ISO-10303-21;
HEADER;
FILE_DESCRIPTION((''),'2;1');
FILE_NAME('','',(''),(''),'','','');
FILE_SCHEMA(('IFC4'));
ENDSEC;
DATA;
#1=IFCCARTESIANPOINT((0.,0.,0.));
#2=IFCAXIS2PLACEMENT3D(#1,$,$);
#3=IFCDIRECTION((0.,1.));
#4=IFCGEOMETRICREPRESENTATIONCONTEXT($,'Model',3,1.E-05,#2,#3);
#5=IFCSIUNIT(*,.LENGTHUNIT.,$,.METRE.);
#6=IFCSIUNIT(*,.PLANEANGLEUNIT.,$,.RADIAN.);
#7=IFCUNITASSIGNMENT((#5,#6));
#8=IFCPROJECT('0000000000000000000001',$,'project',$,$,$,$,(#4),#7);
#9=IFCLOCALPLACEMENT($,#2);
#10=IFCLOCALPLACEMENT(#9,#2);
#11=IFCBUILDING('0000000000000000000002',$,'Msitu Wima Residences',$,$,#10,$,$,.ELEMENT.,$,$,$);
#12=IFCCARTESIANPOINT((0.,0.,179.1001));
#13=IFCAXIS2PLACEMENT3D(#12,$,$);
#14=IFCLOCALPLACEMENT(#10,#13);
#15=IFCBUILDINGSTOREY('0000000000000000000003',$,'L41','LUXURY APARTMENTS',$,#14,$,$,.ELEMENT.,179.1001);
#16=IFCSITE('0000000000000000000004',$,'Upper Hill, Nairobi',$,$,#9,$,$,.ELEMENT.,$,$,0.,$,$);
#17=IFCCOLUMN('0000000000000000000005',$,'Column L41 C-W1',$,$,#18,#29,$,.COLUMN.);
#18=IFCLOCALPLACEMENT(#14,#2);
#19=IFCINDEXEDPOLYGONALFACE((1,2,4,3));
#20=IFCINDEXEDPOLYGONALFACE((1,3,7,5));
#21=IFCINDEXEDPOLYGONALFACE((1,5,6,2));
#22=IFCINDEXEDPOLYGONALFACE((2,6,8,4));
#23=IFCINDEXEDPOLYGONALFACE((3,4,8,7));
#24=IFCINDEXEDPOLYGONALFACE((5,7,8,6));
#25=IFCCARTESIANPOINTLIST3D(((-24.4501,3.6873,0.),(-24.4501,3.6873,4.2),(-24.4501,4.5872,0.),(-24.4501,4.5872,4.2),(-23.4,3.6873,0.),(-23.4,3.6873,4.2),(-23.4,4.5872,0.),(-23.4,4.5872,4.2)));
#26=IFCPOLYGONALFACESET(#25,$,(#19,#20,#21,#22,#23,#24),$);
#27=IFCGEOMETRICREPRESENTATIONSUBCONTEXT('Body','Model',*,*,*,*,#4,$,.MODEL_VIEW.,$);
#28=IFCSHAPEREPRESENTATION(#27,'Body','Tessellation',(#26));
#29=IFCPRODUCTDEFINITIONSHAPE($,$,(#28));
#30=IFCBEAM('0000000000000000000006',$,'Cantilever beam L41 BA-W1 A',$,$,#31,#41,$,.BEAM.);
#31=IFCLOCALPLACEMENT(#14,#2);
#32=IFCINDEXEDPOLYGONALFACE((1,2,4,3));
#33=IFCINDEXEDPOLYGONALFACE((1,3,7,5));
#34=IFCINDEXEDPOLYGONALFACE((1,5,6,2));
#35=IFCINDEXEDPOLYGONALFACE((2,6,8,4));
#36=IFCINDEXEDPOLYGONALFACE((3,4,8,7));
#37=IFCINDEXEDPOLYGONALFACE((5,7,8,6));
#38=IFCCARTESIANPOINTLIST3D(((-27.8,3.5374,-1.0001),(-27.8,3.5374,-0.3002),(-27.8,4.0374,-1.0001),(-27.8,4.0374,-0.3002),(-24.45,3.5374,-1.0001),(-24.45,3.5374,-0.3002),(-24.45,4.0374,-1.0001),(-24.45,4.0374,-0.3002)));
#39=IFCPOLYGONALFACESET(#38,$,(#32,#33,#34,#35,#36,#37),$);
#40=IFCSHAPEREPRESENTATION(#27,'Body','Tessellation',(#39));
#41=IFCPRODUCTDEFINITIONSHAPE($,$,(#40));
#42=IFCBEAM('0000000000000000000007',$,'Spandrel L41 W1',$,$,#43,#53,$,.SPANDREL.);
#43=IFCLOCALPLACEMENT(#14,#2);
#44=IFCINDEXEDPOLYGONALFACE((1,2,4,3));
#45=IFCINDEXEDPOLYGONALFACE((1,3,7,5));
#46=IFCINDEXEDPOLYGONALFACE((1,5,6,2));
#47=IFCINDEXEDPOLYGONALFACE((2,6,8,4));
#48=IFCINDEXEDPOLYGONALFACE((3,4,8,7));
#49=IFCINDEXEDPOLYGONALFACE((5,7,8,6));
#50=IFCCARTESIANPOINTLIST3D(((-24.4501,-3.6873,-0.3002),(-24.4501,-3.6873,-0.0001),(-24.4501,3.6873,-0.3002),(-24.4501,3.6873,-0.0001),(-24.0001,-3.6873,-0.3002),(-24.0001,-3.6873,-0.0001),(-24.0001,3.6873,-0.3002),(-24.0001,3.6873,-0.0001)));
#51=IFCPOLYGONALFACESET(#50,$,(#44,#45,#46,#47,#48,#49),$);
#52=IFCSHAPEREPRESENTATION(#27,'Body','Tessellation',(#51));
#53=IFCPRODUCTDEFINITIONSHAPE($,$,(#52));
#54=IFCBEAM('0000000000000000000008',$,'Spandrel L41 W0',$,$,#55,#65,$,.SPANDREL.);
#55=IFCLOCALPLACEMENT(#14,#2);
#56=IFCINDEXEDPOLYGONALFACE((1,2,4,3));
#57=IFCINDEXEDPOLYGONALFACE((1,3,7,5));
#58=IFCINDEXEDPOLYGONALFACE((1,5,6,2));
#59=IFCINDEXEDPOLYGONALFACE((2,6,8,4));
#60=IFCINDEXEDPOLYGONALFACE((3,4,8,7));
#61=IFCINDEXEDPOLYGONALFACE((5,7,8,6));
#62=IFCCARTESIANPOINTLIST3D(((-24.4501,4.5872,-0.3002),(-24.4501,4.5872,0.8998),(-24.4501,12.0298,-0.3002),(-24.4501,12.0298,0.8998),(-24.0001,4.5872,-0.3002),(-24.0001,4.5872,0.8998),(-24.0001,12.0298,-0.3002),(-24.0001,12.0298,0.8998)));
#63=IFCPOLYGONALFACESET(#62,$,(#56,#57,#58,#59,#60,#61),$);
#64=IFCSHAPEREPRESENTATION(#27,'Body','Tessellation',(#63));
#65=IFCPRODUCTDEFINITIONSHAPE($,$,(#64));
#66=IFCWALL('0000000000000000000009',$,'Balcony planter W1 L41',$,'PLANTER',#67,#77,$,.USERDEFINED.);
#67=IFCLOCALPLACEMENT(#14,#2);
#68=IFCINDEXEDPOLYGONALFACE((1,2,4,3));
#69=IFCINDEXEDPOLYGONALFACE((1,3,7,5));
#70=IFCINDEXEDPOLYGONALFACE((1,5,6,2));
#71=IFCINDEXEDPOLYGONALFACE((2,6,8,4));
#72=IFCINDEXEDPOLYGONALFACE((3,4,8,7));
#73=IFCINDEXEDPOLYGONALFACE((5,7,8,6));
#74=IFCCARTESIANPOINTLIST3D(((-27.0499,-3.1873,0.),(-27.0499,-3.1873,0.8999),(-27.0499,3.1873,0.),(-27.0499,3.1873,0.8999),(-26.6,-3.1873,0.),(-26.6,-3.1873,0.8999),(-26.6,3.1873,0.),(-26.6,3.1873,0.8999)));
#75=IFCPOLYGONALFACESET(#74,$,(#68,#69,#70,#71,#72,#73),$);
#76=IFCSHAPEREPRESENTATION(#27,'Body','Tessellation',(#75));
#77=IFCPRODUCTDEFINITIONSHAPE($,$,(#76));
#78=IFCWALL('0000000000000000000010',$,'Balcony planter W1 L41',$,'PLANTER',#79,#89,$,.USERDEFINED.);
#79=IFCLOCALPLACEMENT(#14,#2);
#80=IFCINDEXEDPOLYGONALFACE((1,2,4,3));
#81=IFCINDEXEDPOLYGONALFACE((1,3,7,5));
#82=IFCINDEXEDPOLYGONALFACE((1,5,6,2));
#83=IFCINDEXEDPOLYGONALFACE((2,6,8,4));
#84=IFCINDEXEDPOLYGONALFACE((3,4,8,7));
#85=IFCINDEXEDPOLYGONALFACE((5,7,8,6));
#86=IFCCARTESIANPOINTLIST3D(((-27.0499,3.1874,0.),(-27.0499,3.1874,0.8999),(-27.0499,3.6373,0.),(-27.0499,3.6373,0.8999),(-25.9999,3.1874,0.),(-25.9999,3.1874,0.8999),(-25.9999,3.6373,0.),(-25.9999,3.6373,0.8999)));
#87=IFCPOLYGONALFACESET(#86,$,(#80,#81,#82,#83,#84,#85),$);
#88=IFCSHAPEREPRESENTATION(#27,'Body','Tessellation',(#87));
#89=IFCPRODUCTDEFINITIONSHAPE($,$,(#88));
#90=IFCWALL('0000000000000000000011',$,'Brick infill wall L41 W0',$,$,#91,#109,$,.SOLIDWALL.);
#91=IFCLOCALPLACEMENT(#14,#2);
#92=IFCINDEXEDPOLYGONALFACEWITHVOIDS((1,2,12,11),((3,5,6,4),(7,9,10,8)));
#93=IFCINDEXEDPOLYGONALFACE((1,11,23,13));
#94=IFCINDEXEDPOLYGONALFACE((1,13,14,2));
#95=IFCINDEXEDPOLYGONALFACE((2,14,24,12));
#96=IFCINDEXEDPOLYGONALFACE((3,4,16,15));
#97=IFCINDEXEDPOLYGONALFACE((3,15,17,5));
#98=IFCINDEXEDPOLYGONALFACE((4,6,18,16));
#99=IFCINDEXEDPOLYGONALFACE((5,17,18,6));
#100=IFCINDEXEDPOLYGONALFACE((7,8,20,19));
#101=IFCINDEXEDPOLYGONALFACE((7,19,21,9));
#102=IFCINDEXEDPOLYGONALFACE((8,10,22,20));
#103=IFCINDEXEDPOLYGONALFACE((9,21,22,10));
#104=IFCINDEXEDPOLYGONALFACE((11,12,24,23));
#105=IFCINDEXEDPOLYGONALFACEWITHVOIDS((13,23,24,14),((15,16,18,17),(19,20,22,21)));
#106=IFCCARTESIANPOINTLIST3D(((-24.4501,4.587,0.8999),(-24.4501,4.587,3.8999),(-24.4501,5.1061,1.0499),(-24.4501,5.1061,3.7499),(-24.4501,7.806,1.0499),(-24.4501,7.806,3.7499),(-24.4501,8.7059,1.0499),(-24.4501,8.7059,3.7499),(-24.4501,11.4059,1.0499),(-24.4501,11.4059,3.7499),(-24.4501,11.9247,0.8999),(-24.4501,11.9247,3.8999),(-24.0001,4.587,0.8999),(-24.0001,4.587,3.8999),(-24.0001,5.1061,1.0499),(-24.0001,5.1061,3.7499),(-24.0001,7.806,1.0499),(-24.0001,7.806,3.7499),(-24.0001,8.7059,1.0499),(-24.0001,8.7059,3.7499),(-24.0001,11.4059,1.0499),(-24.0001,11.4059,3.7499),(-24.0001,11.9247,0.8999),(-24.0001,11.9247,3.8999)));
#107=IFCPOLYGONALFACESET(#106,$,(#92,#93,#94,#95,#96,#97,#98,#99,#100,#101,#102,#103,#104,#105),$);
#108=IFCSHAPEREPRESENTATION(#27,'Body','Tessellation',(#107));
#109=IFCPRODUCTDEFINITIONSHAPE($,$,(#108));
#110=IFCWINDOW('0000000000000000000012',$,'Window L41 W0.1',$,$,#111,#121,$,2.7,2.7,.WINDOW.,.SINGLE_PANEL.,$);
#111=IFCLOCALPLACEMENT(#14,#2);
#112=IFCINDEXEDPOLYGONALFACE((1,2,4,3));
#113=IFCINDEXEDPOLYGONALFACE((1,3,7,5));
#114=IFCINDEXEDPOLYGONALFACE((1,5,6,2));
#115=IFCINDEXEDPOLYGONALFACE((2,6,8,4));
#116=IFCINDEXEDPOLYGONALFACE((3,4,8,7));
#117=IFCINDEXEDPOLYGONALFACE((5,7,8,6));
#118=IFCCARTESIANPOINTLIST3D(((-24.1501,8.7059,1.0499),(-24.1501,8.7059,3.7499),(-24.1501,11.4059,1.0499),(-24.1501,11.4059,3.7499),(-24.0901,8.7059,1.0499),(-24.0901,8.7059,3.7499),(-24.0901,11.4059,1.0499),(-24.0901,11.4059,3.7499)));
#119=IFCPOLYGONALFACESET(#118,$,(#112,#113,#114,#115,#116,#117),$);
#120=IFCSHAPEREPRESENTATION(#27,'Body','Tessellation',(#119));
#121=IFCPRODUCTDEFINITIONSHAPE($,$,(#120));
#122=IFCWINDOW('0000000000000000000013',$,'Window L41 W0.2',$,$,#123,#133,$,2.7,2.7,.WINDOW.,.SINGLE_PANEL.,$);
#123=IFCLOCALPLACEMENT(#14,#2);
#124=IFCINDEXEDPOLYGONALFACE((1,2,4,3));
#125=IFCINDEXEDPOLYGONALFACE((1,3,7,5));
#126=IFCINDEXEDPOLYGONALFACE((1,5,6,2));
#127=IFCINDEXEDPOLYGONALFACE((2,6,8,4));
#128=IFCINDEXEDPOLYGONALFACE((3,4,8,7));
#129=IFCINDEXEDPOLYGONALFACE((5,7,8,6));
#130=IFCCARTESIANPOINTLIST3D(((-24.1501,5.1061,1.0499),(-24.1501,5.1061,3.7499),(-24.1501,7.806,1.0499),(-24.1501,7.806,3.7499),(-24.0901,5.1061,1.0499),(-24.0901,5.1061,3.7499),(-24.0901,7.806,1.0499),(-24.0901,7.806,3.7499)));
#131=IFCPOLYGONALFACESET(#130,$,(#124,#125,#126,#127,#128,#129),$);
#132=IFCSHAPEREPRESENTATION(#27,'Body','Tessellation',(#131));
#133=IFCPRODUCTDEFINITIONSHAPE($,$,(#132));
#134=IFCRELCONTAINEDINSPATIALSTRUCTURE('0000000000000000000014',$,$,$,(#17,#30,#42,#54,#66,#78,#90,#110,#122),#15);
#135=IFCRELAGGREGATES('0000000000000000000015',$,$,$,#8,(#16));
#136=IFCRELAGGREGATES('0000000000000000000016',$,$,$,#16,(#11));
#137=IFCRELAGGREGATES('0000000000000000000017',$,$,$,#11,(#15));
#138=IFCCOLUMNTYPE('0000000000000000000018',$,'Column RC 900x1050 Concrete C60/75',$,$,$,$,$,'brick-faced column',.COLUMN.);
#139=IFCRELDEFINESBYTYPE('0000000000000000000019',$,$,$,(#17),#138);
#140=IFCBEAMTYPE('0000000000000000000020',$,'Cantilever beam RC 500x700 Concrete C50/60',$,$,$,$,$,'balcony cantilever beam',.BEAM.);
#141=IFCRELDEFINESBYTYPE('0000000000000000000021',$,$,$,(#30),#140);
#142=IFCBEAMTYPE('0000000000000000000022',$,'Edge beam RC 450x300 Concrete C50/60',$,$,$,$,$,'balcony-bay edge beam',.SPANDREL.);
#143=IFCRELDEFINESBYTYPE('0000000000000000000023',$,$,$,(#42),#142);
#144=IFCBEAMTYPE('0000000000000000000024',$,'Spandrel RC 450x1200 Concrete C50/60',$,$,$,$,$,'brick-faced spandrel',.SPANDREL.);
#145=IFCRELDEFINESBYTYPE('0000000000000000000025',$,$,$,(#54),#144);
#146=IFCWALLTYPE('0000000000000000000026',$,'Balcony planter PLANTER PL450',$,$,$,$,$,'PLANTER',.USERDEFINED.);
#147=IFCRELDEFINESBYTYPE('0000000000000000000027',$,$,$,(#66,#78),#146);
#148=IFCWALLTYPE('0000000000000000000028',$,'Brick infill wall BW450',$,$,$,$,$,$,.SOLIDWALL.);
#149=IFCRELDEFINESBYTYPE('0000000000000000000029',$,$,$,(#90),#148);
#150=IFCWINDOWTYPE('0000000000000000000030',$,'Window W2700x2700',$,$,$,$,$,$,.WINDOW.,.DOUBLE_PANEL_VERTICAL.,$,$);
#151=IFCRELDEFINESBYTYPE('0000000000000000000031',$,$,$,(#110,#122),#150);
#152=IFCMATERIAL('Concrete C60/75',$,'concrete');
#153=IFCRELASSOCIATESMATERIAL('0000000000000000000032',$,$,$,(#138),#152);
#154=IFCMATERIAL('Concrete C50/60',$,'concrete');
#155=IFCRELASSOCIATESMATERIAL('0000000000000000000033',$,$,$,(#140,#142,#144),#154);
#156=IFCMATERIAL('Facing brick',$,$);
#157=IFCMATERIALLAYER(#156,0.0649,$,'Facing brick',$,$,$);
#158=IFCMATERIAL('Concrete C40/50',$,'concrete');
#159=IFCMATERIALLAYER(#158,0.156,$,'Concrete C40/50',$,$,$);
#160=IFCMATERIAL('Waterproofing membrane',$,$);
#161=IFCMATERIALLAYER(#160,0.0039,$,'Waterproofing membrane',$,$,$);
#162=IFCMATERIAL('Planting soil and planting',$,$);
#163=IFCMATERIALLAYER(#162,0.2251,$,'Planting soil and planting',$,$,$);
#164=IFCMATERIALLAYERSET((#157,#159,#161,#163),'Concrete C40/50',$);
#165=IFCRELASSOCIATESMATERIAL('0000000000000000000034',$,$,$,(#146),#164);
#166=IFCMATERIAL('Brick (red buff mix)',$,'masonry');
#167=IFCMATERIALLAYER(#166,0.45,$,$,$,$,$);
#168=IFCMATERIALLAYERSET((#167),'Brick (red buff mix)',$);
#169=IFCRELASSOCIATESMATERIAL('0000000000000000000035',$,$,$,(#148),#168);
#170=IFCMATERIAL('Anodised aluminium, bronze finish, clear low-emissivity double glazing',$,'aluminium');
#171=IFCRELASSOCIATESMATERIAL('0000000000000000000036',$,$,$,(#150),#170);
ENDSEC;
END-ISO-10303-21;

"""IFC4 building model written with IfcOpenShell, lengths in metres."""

from ifc_helpers import new_model, si_unit, direction, frame, frame_2d, origin, origin_2d, place, context, subcontext, project, spatial, rectangle, extrude, material, layer, layer_set, material_profile, profile_set, type_object, element, fill, save


model = new_model("IFC4")

# Units and contexts
model_context = context("Model", 3, precision=1e-05, world=origin(), true_north=direction((0.0, 1.0)))
body_context = subcontext(model_context, "Body", "Model", "MODEL_VIEW")
ifc_project = project(units=[si_unit("LENGTHUNIT", "METRE"), si_unit("PLANEANGLEUNIT", "RADIAN")], contexts=[model_context])

# Site, building, storey
site_placement = place(None, origin())
site = spatial("IfcSite", under=ifc_project, at=site_placement, Name="Upper Hill, Nairobi", CompositionType="ELEMENT", RefElevation=0.0)
building_placement = place(site_placement, origin())
building = spatial("IfcBuilding", under=site, at=building_placement, Name="Msitu Wima Residences", CompositionType="ELEMENT")
storey_placement = place(building_placement, frame((0.0, 0.0, 179.1001)))
storey = spatial("IfcBuildingStorey", under=building, at=storey_placement, Name="L41", Description="LUXURY APARTMENTS", CompositionType="ELEMENT", Elevation=179.1001)

# Column
ifc_material_1 = material(Name="Concrete C60/75", Category="concrete")
ifc_material_profile_1 = material_profile(ifc_material_1, rectangle(XDim=0.8999, YDim=1.05, at=origin_2d()), Name="RC 900x1050")
ifc_profile_set_1 = profile_set([ifc_material_profile_1], Name="Concrete C60/75")
column_type = type_object("IfcColumnType", Name="Column RC 900x1050 Concrete C60/75", ElementType="brick-faced column", PredefinedType="COLUMN", material=ifc_profile_set_1)
column_placement = place(storey_placement, frame((-23.925, 4.1372, 0.0), z_axis=(0.0, 0.0, 1.0), x_axis=(0.0, -1.0, 0.0)))
element("IfcColumn", 1, at=column_placement, inside=storey, type_object=column_type, Name="Column L41 C-W1", PredefinedType="COLUMN", context=body_context, shape_type="SweptSolid", body=[
    extrude(rectangle(XDim=0.8999, YDim=1.05, at=origin_2d()), origin(), (0.0, 0.0, 1.0), 4.2),
])

# Beams
ifc_material_2 = material(Name="Concrete C50/60", Category="concrete")
ifc_material_profile_2 = material_profile(ifc_material_2, rectangle(XDim=0.5, YDim=0.7, at=origin_2d()), Name="RC 500x700")
ifc_profile_set_2 = profile_set([ifc_material_profile_2], Name="Concrete C50/60")
beam_type_1 = type_object("IfcBeamType", Name="Cantilever beam RC 500x700 Concrete C50/60", ElementType="balcony cantilever beam", PredefinedType="BEAM", material=ifc_profile_set_2)
beam_1_placement = place(storey_placement, frame((-24.45, 3.7874, -0.6501), z_axis=(-1.0, 0.0, 0.0), x_axis=(0.0, -1.0, 0.0)))
element("IfcBeam", 2, at=beam_1_placement, inside=storey, type_object=beam_type_1, Name="Cantilever beam L41 BA-W1 A", PredefinedType="BEAM", context=body_context, shape_type="SweptSolid", body=[
    extrude(rectangle(XDim=0.5, YDim=0.7, at=origin_2d()), origin(), (0.0, 0.0, 1.0), 3.3501),
])
ifc_material_profile_3 = material_profile(ifc_material_2, rectangle(XDim=0.45, YDim=0.3, at=origin_2d()), Name="RC 450x300")
ifc_profile_set_3 = profile_set([ifc_material_profile_3], Name="Concrete C50/60")
beam_type_2 = type_object("IfcBeamType", Name="Edge beam RC 450x300 Concrete C50/60", ElementType="balcony-bay edge beam", PredefinedType="SPANDREL", material=ifc_profile_set_3)
beam_2_placement = place(storey_placement, frame((-24.2251, 3.6873, -0.1501), z_axis=(0.0, -1.0, 0.0), x_axis=(1.0, 0.0, 0.0)))
element("IfcBeam", 3, at=beam_2_placement, inside=storey, type_object=beam_type_2, Name="Spandrel L41 W1", PredefinedType="SPANDREL", context=body_context, shape_type="SweptSolid", body=[
    extrude(rectangle(XDim=0.45, YDim=0.3, at=origin_2d()), origin(), (0.0, 0.0, 1.0), 7.3745),
])
ifc_material_profile_4 = material_profile(ifc_material_2, rectangle(XDim=0.45, YDim=1.2, at=origin_2d()), Name="RC 450x1200")
ifc_profile_set_4 = profile_set([ifc_material_profile_4], Name="Concrete C50/60")
beam_type_3 = type_object("IfcBeamType", Name="Spandrel RC 450x1200 Concrete C50/60", ElementType="brick-faced spandrel", PredefinedType="SPANDREL", material=ifc_profile_set_4)
beam_3_placement = place(storey_placement, frame((-24.2251, 12.0298, 0.2998), z_axis=(0.0, -1.0, 0.0), x_axis=(1.0, 0.0, 0.0)))
element("IfcBeam", 4, at=beam_3_placement, inside=storey, type_object=beam_type_3, Name="Spandrel L41 W0", PredefinedType="SPANDREL", context=body_context, shape_type="SweptSolid", body=[
    extrude(rectangle(XDim=0.45, YDim=1.2, at=origin_2d()), origin(), (0.0, 0.0, 1.0), 7.4426),
])

# Walls
ifc_material_3 = material(Name="Facing brick")
ifc_layer_1 = layer(ifc_material_3, 0.0649, Name="Facing brick")
ifc_material_4 = material(Name="Concrete C40/50", Category="concrete")
ifc_layer_2 = layer(ifc_material_4, 0.156, Name="Concrete C40/50")
ifc_material_5 = material(Name="Waterproofing membrane")
ifc_layer_3 = layer(ifc_material_5, 0.0039, Name="Waterproofing membrane")
ifc_material_6 = material(Name="Planting soil and planting")
ifc_layer_4 = layer(ifc_material_6, 0.2251, Name="Planting soil and planting")
ifc_layer_set_1 = layer_set([ifc_layer_1, ifc_layer_2, ifc_layer_3, ifc_layer_4], Name="Concrete C40/50")
wall_type_1 = type_object("IfcWallType", Name="Balcony planter PLANTER PL450", ElementType="PLANTER", PredefinedType="USERDEFINED", material=ifc_layer_set_1)
wall_1_placement = place(storey_placement, frame((-26.825, 3.1873, 0.0), z_axis=(0.0, 0.0, 1.0), x_axis=(0.0, -1.0, 0.0)))
element("IfcWall", 5, at=wall_1_placement, inside=storey, type_object=wall_type_1, Name="Balcony planter W1 L41", ObjectType="PLANTER", PredefinedType="USERDEFINED", context=body_context, shape_type="SweptSolid", body=[
    extrude(rectangle(XDim=6.3745, YDim=0.45, at=frame_2d((3.1873, 0.0))), origin(), (0.0, 0.0, 1.0), 0.8999),
])
wall_2_placement = place(storey_placement, frame((-26.0, 3.4124, 0.0), z_axis=(0.0, 0.0, 1.0), x_axis=(-1.0, 0.0, 0.0)))
element("IfcWall", 6, at=wall_2_placement, inside=storey, type_object=wall_type_1, Name="Balcony planter W1 L41", ObjectType="PLANTER", PredefinedType="USERDEFINED", context=body_context, shape_type="SweptSolid", body=[
    extrude(rectangle(XDim=1.05, YDim=0.45, at=frame_2d((0.5249, 0.0))), origin(), (0.0, 0.0, 1.0), 0.8999),
])

# Wall, openings, windows
ifc_material_7 = material(Name="Brick (red buff mix)", Category="masonry")
ifc_layer_5 = layer(ifc_material_7, 0.45)
ifc_layer_set_2 = layer_set([ifc_layer_5], Name="Brick (red buff mix)")
wall_type_2 = type_object("IfcWallType", Name="Brick infill wall BW450", PredefinedType="SOLIDWALL", material=ifc_layer_set_2)
wall_3_placement = place(storey_placement, frame((-24.2251, 11.9248, 0.8999), z_axis=(0.0, 0.0, 1.0), x_axis=(0.0, -1.0, 0.0)))
wall_3 = element("IfcWall", 7, at=wall_3_placement, inside=storey, type_object=wall_type_2, Name="Brick infill wall L41 W0", PredefinedType="SOLIDWALL", context=body_context, shape_type="SweptSolid", body=[
    extrude(rectangle(XDim=7.3376, YDim=0.45, at=frame_2d((3.6689, 0.0))), origin(), (0.0, 0.0, 1.0), 3.0),
])
opening_1_placement = place(wall_3_placement, frame((0.5188, 0.0, 0.1499)))
opening_1 = element("IfcOpeningElement", 8, at=opening_1_placement, cuts=wall_3, PredefinedType="OPENING", context=body_context, shape_type="SweptSolid", body=[
    extrude(rectangle(XDim=2.7, YDim=2.7, at=frame_2d((1.3501, 1.3501))), frame((0.0, 0.2349, 0.0), z_axis=(0.0, -1.0, 0.0), x_axis=(1.0, 0.0, 0.0)), (0.0, 0.0, 1.0), 0.47),
])
opening_2_placement = place(wall_3_placement, frame((4.1187, 0.0, 0.1499)))
opening_2 = element("IfcOpeningElement", 9, at=opening_2_placement, cuts=wall_3, PredefinedType="OPENING", context=body_context, shape_type="SweptSolid", body=[
    extrude(rectangle(XDim=2.7, YDim=2.7, at=frame_2d((1.3501, 1.3501))), frame((0.0, 0.2349, 0.0), z_axis=(0.0, -1.0, 0.0), x_axis=(1.0, 0.0, 0.0)), (0.0, 0.0, 1.0), 0.47),
])
ifc_material_8 = material(Name="Anodised aluminium, bronze finish, clear low-emissivity double glazing", Category="aluminium")
window_type = type_object("IfcWindowType", Name="Window W2700x2700", PartitioningType="DOUBLE_PANEL_VERTICAL", PredefinedType="WINDOW", material=ifc_material_8)
window_1_placement = place(opening_1_placement, origin())
window_1 = element("IfcWindow", 10, at=window_1_placement, inside=storey, type_object=window_type, Name="Window L41 W0.1", OverallHeight=2.7, OverallWidth=2.7, PartitioningType="SINGLE_PANEL", PredefinedType="WINDOW", context=body_context, shape_type="SweptSolid", body=[
    extrude(rectangle(XDim=2.7, YDim=2.7, at=frame_2d((1.3501, 1.3501))), frame((0.0, 0.135, 0.0), z_axis=(0.0, -1.0, 0.0), x_axis=(1.0, 0.0, 0.0)), (0.0, 0.0, 1.0), 0.0601),
])
fill(opening_1, window_1)
window_2_placement = place(opening_2_placement, origin())
window_2 = element("IfcWindow", 11, at=window_2_placement, inside=storey, type_object=window_type, Name="Window L41 W0.2", OverallHeight=2.7, OverallWidth=2.7, PartitioningType="SINGLE_PANEL", PredefinedType="WINDOW", context=body_context, shape_type="SweptSolid", body=[
    extrude(rectangle(XDim=2.7, YDim=2.7, at=frame_2d((1.3501, 1.3501))), frame((0.0, 0.135, 0.0), z_axis=(0.0, -1.0, 0.0), x_axis=(1.0, 0.0, 0.0)), (0.0, 0.0, 1.0), 0.0601),
])
fill(opening_2, window_2)

save(model, "model.ifc")
